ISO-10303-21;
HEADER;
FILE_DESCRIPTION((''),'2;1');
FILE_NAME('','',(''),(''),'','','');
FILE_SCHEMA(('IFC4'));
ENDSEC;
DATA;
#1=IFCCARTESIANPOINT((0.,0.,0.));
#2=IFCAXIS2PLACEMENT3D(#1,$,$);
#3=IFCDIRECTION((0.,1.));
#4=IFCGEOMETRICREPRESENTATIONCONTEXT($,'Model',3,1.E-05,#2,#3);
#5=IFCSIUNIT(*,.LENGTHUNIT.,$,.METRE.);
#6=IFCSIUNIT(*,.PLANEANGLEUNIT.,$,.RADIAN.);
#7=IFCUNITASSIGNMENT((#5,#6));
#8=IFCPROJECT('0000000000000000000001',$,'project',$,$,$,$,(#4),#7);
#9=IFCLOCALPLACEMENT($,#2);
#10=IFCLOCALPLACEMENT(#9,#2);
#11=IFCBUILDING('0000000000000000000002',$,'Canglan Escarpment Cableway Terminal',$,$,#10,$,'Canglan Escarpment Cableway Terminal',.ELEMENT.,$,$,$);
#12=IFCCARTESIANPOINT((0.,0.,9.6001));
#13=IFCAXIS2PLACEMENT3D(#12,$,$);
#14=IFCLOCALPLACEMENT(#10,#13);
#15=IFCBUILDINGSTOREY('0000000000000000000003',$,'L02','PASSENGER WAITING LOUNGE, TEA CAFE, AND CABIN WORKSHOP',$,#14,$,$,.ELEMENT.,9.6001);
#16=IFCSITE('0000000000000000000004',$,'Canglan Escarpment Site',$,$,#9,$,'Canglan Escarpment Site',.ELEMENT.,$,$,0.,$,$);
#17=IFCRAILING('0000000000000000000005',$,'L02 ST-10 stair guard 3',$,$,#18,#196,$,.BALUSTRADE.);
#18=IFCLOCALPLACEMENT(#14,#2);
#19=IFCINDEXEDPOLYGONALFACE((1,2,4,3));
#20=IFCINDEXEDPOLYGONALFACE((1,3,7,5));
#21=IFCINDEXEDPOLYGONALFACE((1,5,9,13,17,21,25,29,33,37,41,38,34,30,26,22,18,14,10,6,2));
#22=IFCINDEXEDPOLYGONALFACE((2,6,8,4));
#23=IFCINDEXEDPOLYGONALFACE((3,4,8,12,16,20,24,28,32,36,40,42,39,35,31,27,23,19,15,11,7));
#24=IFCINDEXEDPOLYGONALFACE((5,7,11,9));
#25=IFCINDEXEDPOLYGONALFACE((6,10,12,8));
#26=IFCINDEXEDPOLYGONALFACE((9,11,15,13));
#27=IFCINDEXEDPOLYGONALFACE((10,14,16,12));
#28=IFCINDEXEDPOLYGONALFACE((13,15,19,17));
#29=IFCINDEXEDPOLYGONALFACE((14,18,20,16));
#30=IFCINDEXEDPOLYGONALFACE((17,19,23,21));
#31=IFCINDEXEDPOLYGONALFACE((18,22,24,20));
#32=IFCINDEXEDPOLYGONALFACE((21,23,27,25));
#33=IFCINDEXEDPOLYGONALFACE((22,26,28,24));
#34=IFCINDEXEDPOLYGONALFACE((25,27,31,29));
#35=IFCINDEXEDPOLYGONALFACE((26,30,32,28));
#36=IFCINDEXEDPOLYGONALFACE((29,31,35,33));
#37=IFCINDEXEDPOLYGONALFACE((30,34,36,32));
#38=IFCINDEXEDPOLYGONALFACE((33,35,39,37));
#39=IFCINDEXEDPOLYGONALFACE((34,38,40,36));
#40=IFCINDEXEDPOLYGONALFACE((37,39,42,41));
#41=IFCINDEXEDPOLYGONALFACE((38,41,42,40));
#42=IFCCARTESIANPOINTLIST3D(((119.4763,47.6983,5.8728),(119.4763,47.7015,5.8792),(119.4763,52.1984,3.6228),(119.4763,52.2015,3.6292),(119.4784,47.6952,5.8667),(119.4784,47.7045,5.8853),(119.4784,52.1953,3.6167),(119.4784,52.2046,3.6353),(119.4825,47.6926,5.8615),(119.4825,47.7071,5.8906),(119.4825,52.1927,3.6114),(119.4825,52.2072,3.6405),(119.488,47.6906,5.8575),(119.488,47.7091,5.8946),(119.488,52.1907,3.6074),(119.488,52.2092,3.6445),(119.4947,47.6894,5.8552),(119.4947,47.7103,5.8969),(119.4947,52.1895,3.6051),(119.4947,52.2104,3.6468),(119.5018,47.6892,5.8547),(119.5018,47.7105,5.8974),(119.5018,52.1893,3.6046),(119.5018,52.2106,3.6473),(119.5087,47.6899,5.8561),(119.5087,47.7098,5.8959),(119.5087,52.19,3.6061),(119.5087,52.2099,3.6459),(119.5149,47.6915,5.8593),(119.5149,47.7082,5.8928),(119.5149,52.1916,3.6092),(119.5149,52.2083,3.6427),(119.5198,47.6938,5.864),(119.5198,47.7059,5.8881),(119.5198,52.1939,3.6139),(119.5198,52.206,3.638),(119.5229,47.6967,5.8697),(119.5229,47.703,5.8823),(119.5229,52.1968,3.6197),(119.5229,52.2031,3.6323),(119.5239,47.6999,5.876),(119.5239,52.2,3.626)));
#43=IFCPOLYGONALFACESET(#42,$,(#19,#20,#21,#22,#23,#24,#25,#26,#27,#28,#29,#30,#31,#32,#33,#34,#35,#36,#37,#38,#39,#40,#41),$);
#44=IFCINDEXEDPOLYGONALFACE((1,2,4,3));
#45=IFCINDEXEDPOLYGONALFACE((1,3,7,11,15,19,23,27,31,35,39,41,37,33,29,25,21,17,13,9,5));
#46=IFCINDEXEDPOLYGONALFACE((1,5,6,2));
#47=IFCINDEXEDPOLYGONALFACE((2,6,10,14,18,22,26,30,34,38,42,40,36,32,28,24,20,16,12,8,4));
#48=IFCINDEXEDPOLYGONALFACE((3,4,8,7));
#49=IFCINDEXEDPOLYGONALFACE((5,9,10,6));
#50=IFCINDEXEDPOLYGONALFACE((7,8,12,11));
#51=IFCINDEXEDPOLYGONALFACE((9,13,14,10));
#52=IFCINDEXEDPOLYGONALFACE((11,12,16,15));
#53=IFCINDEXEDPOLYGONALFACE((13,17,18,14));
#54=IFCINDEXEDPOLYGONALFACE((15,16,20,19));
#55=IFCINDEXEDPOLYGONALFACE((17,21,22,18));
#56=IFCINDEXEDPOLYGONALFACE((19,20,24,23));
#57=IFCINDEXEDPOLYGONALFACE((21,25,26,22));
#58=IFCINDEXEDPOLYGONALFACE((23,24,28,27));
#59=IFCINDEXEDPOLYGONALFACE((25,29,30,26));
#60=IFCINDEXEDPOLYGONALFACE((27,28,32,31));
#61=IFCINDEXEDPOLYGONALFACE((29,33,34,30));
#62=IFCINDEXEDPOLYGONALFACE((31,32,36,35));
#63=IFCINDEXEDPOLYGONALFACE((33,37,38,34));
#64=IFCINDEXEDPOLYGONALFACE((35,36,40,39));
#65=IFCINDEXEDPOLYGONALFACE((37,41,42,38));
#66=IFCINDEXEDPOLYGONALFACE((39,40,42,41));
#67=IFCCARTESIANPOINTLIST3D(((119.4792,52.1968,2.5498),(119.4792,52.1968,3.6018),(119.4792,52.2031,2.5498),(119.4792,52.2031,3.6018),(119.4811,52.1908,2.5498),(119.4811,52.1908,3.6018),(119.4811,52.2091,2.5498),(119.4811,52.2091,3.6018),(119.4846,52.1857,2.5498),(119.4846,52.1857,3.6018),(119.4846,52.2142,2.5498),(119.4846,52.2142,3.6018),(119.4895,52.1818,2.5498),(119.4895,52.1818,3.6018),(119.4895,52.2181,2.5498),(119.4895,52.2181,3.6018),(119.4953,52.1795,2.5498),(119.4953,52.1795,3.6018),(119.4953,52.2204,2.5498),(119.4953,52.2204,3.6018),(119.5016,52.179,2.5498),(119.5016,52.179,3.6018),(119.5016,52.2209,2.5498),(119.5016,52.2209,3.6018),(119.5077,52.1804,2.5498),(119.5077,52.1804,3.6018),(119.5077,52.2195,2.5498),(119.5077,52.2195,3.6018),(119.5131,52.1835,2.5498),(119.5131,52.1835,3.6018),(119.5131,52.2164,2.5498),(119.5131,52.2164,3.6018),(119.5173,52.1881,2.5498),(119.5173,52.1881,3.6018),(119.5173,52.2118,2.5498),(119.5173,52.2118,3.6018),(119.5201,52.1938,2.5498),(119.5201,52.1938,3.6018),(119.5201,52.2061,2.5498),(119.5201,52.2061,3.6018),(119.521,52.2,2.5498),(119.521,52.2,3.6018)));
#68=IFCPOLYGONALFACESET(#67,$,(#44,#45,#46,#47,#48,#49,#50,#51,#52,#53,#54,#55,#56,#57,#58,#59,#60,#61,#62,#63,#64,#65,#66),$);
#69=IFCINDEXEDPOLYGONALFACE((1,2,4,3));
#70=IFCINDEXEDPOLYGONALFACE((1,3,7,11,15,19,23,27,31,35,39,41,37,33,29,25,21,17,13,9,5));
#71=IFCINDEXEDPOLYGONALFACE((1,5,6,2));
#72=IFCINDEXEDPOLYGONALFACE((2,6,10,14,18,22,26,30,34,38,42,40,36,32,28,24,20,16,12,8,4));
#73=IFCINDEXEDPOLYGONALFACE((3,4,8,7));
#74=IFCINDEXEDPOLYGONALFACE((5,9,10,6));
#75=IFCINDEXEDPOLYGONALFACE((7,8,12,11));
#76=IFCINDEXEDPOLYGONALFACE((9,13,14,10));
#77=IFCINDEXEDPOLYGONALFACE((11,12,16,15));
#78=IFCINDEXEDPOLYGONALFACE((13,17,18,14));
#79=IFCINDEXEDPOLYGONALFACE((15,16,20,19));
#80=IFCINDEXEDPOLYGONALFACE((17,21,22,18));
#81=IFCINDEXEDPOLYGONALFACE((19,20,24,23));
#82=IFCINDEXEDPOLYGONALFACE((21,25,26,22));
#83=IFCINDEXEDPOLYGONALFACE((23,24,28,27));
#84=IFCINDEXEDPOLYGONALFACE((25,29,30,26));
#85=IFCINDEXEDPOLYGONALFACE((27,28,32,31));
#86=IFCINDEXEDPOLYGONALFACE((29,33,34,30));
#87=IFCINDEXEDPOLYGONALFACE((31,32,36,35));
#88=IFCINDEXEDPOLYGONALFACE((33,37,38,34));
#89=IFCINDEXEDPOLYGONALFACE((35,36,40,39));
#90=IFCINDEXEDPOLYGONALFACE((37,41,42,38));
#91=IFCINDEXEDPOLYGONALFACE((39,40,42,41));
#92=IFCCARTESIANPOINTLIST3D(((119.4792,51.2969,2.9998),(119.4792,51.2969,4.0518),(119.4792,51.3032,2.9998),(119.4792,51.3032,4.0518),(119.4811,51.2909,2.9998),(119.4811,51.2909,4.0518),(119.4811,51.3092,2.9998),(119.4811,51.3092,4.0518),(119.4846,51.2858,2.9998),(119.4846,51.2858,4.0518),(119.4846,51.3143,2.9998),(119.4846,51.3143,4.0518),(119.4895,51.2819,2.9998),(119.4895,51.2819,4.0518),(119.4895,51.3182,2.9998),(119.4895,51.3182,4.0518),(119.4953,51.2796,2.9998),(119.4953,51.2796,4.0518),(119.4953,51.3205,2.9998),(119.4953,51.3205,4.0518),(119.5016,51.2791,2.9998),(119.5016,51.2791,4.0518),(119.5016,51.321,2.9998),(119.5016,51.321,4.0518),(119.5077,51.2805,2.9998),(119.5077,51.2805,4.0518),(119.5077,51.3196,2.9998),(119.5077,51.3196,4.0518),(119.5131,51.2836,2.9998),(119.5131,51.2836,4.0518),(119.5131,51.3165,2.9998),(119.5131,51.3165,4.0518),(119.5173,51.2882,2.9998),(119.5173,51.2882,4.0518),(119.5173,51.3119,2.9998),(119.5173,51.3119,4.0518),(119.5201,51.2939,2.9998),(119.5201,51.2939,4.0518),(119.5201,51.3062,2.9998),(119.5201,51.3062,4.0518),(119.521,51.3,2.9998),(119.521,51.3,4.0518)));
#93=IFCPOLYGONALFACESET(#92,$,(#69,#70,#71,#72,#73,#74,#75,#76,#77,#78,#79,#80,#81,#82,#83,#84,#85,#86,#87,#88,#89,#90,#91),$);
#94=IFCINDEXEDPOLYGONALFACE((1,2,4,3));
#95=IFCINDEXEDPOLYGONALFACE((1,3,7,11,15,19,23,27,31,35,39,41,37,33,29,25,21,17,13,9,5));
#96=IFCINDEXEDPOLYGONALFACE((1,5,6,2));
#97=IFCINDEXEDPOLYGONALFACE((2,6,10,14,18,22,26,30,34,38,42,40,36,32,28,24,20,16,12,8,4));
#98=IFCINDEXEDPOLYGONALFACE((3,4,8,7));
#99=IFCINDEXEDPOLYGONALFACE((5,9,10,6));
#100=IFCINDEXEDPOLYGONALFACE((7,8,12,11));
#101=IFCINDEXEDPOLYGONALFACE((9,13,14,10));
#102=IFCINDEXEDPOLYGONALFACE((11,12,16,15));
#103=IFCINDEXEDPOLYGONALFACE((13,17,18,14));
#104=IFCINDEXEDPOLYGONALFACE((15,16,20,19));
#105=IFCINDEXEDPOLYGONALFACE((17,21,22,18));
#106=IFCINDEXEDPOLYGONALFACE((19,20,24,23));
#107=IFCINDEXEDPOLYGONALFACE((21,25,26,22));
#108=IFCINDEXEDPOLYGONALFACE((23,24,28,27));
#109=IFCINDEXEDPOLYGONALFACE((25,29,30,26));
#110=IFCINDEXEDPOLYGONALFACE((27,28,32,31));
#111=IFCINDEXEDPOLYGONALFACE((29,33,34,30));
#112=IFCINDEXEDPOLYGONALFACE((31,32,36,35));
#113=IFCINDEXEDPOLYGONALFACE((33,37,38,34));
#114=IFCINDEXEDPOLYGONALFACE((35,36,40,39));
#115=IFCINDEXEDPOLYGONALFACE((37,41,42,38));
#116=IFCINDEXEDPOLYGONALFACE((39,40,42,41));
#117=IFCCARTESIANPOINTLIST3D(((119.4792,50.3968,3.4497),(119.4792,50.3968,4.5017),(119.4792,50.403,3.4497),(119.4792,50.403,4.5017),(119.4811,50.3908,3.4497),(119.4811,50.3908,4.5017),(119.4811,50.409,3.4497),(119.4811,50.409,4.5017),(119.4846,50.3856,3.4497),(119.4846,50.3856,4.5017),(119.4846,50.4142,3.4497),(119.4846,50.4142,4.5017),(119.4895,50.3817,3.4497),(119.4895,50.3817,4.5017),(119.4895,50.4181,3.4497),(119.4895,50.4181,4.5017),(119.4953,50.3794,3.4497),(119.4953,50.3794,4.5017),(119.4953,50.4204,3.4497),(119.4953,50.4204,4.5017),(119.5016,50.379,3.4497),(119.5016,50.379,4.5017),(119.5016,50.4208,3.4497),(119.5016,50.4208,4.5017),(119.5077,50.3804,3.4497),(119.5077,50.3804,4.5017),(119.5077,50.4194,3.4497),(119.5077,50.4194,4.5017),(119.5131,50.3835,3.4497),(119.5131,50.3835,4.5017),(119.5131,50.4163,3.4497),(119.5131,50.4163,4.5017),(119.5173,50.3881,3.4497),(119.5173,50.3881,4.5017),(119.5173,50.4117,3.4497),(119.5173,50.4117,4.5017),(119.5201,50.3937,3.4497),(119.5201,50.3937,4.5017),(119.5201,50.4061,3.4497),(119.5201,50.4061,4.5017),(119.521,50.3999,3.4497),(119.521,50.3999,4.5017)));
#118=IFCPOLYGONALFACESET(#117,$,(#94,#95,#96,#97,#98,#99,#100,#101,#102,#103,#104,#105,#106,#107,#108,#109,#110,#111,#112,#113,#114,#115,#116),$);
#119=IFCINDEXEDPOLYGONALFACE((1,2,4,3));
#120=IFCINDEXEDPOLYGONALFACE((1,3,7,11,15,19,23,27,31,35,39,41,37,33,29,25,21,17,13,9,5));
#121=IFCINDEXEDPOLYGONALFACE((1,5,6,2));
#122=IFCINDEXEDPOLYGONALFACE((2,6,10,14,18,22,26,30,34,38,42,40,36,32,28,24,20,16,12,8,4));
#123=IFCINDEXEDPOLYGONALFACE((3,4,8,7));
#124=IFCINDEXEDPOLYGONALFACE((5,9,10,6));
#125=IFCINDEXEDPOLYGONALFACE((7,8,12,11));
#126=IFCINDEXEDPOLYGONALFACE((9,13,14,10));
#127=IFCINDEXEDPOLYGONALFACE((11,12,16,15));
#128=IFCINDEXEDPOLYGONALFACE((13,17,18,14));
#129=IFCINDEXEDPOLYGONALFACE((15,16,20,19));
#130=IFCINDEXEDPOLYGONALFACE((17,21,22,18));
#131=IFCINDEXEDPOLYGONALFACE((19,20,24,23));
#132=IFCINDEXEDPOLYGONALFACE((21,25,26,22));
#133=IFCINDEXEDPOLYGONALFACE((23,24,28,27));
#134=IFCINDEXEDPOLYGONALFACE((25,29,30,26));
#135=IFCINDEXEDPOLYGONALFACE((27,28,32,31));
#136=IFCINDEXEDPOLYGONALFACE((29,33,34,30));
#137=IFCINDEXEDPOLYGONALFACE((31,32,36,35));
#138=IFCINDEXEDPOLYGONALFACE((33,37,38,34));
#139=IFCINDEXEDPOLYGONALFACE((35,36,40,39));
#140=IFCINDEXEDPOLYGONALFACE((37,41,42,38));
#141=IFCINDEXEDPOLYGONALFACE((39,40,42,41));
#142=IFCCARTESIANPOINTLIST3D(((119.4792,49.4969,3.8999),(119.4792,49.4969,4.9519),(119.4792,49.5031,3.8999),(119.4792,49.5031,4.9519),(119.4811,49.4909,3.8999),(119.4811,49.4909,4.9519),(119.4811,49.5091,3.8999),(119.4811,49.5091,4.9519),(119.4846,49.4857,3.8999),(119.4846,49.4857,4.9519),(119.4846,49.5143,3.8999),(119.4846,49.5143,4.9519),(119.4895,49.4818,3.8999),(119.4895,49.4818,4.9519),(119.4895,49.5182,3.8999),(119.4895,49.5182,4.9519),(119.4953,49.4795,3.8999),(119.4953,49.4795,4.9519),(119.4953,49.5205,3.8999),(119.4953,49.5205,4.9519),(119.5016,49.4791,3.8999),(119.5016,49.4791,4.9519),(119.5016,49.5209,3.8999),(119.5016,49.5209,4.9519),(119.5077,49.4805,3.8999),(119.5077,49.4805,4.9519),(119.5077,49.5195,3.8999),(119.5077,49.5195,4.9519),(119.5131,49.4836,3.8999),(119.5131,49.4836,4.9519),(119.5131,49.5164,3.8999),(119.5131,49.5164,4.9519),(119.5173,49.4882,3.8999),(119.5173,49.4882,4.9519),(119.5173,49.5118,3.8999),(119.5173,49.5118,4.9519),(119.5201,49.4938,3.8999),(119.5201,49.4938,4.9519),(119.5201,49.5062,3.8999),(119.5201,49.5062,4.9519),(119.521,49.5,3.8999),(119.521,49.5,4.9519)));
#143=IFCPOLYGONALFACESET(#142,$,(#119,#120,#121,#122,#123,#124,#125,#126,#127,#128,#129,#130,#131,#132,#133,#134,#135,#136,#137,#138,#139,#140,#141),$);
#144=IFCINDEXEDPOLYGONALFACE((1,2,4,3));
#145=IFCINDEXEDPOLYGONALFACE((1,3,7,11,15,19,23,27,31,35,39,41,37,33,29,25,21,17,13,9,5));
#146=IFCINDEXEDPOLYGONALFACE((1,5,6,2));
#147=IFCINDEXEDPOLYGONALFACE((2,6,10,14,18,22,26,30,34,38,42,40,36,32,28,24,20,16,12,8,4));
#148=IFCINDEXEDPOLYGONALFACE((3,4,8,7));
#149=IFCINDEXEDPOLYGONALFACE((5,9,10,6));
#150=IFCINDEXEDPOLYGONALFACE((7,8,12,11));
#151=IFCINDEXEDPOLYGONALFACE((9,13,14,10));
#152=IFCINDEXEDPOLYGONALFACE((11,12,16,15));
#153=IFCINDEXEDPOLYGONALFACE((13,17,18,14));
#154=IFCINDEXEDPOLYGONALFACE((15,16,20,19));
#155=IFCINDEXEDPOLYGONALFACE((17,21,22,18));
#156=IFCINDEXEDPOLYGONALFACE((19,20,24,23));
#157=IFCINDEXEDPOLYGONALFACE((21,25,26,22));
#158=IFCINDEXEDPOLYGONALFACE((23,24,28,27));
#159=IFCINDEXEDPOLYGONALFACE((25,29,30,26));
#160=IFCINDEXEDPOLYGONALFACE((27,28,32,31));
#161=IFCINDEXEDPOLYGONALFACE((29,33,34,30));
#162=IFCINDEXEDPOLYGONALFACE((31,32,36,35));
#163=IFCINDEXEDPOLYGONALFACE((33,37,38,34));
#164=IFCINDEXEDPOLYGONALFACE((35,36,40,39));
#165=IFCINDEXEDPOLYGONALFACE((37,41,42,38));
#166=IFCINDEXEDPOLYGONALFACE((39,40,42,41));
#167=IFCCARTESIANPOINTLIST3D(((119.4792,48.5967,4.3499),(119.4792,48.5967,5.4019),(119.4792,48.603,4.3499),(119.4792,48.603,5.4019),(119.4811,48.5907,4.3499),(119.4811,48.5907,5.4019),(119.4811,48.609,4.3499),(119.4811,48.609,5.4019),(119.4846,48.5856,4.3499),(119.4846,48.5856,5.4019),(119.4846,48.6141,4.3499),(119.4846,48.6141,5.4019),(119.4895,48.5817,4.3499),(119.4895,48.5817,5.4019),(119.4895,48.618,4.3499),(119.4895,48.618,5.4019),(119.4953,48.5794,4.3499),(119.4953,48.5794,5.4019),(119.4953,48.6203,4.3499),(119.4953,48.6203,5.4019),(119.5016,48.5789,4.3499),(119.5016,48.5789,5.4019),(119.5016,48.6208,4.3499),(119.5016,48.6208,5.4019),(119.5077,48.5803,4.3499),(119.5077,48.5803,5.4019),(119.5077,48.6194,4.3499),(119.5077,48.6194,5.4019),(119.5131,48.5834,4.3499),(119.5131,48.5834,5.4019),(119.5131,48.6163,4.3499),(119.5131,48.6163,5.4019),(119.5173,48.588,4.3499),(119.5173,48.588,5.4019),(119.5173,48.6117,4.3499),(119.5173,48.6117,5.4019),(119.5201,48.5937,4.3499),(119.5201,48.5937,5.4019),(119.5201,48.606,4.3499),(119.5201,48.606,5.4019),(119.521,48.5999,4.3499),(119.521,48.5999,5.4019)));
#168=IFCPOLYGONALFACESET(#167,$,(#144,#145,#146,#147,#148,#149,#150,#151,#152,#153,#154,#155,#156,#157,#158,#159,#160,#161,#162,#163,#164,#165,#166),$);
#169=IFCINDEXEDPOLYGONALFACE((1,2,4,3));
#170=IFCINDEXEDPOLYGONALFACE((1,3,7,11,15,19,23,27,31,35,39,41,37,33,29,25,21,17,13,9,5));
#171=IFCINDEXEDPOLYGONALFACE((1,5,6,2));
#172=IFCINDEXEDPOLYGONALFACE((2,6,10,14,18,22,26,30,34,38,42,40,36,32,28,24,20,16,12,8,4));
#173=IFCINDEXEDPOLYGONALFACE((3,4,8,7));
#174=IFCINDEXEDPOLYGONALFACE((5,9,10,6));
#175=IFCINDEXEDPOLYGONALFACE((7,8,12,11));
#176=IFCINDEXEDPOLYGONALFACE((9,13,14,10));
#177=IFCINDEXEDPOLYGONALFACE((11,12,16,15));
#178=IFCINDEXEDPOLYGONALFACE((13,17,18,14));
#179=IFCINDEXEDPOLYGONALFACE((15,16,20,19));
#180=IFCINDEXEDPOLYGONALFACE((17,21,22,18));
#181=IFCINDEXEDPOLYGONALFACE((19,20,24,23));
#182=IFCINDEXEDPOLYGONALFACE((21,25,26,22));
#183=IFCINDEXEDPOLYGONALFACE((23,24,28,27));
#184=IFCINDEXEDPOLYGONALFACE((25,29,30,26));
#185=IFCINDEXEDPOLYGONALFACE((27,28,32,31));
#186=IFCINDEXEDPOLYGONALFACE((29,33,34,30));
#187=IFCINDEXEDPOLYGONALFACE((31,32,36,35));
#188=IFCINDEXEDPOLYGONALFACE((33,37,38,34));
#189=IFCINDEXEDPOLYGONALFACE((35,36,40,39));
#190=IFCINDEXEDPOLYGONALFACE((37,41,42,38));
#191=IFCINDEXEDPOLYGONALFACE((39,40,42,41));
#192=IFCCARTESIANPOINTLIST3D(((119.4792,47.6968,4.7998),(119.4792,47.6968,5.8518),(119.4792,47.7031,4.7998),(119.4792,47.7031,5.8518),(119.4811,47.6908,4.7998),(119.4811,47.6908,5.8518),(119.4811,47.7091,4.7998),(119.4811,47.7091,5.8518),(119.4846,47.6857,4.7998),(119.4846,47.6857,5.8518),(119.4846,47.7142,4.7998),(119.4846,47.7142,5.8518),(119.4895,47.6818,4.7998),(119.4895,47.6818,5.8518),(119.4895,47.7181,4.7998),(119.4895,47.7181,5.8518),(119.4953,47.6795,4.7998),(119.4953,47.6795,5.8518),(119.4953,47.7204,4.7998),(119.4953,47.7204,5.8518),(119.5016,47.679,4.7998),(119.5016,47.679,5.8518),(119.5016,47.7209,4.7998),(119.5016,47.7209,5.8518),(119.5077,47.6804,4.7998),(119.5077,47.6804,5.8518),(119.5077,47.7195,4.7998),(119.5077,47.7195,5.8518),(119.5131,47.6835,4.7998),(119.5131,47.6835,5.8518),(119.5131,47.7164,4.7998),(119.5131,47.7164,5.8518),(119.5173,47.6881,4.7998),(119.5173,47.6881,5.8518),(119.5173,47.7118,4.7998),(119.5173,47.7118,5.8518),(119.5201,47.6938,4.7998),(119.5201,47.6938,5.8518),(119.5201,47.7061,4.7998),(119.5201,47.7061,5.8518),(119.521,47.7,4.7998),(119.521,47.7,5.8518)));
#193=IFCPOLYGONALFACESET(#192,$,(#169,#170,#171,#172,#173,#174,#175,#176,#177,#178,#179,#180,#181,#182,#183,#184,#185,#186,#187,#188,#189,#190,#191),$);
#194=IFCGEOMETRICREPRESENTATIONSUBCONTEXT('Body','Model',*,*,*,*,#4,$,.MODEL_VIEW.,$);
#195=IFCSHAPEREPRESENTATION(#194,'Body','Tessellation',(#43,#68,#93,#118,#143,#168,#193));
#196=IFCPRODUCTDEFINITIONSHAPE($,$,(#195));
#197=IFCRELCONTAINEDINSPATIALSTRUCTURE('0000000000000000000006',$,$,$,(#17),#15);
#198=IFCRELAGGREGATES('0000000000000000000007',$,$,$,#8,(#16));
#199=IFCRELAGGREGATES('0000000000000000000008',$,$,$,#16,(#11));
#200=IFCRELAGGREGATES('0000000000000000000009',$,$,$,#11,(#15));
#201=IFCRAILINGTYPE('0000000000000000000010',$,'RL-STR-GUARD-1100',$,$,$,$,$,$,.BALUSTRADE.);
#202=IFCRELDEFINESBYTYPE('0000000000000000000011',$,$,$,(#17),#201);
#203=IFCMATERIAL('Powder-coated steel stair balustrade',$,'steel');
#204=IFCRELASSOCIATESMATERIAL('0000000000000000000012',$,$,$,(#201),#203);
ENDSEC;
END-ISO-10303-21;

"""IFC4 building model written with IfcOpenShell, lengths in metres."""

from ifc_helpers import new_model, si_unit, direction, frame, origin, origin_2d, place, context, subcontext, project, spatial, circle, extrude, material, type_object, element, save


model = new_model("IFC4")

# Units and contexts
model_context = context("Model", 3, precision=1e-05, world=origin(), true_north=direction((0.0, 1.0)))
body_context = subcontext(model_context, "Body", "Model", "MODEL_VIEW")
ifc_project = project(units=[si_unit("LENGTHUNIT", "METRE"), si_unit("PLANEANGLEUNIT", "RADIAN")], contexts=[model_context])

# Site, building, storey
site_placement = place(None, origin())
site = spatial("IfcSite", under=ifc_project, at=site_placement, Name="Canglan Escarpment Site", LongName="Canglan Escarpment Site", CompositionType="ELEMENT", RefElevation=0.0)
building_placement = place(site_placement, origin())
building = spatial("IfcBuilding", under=site, at=building_placement, Name="Canglan Escarpment Cableway Terminal", LongName="Canglan Escarpment Cableway Terminal", CompositionType="ELEMENT")
storey_placement = place(building_placement, frame((0.0, 0.0, 9.6001)))
storey = spatial("IfcBuildingStorey", under=building, at=storey_placement, Name="L02", Description="PASSENGER WAITING LOUNGE, TEA CAFE, AND CABIN WORKSHOP", CompositionType="ELEMENT", Elevation=9.6001)

# Railing
ifc_material_1 = material(Name="Powder-coated steel stair balustrade", Category="steel")
railing_type_1 = type_object("IfcRailingType", Name="RL-STR-GUARD-1100", PredefinedType="BALUSTRADE", material=ifc_material_1)
railing_1_placement = place(storey_placement, frame((119.5, 52.2, 2.5498)))
element("IfcRailing", 1, at=railing_1_placement, inside=storey, type_object=railing_type_1, Name="L02 ST-10 stair guard 3", PredefinedType="BALUSTRADE", context=body_context, shape_type="SweptSolid", body=[
    extrude(circle(Radius=0.0239, at=origin_2d()), frame((0.0, 0.0, 1.0762), z_axis=(0.0, -0.894427, 0.447214), x_axis=(1.0, 0.0, 0.0)), (0.0, 0.0, 1.0), 5.0312),
    extrude(circle(Radius=0.021, at=origin_2d()), origin(), (0.0, 0.0, 1.0), 1.052),
    extrude(circle(Radius=0.021, at=origin_2d()), frame((0.0, -0.8999, 0.45)), (0.0, 0.0, 1.0), 1.052),
    extrude(circle(Radius=0.021, at=origin_2d()), frame((0.0, -1.8, 0.8999)), (0.0, 0.0, 1.0), 1.052),
    extrude(circle(Radius=0.021, at=origin_2d()), frame((0.0, -2.7, 1.3501)), (0.0, 0.0, 1.0), 1.052),
    extrude(circle(Radius=0.021, at=origin_2d()), frame((0.0, -3.6001, 1.8)), (0.0, 0.0, 1.0), 1.052),
    extrude(circle(Radius=0.021, at=origin_2d()), frame((0.0, -4.5, 2.25)), (0.0, 0.0, 1.0), 1.052),
])

save(model, "model.ifc")
